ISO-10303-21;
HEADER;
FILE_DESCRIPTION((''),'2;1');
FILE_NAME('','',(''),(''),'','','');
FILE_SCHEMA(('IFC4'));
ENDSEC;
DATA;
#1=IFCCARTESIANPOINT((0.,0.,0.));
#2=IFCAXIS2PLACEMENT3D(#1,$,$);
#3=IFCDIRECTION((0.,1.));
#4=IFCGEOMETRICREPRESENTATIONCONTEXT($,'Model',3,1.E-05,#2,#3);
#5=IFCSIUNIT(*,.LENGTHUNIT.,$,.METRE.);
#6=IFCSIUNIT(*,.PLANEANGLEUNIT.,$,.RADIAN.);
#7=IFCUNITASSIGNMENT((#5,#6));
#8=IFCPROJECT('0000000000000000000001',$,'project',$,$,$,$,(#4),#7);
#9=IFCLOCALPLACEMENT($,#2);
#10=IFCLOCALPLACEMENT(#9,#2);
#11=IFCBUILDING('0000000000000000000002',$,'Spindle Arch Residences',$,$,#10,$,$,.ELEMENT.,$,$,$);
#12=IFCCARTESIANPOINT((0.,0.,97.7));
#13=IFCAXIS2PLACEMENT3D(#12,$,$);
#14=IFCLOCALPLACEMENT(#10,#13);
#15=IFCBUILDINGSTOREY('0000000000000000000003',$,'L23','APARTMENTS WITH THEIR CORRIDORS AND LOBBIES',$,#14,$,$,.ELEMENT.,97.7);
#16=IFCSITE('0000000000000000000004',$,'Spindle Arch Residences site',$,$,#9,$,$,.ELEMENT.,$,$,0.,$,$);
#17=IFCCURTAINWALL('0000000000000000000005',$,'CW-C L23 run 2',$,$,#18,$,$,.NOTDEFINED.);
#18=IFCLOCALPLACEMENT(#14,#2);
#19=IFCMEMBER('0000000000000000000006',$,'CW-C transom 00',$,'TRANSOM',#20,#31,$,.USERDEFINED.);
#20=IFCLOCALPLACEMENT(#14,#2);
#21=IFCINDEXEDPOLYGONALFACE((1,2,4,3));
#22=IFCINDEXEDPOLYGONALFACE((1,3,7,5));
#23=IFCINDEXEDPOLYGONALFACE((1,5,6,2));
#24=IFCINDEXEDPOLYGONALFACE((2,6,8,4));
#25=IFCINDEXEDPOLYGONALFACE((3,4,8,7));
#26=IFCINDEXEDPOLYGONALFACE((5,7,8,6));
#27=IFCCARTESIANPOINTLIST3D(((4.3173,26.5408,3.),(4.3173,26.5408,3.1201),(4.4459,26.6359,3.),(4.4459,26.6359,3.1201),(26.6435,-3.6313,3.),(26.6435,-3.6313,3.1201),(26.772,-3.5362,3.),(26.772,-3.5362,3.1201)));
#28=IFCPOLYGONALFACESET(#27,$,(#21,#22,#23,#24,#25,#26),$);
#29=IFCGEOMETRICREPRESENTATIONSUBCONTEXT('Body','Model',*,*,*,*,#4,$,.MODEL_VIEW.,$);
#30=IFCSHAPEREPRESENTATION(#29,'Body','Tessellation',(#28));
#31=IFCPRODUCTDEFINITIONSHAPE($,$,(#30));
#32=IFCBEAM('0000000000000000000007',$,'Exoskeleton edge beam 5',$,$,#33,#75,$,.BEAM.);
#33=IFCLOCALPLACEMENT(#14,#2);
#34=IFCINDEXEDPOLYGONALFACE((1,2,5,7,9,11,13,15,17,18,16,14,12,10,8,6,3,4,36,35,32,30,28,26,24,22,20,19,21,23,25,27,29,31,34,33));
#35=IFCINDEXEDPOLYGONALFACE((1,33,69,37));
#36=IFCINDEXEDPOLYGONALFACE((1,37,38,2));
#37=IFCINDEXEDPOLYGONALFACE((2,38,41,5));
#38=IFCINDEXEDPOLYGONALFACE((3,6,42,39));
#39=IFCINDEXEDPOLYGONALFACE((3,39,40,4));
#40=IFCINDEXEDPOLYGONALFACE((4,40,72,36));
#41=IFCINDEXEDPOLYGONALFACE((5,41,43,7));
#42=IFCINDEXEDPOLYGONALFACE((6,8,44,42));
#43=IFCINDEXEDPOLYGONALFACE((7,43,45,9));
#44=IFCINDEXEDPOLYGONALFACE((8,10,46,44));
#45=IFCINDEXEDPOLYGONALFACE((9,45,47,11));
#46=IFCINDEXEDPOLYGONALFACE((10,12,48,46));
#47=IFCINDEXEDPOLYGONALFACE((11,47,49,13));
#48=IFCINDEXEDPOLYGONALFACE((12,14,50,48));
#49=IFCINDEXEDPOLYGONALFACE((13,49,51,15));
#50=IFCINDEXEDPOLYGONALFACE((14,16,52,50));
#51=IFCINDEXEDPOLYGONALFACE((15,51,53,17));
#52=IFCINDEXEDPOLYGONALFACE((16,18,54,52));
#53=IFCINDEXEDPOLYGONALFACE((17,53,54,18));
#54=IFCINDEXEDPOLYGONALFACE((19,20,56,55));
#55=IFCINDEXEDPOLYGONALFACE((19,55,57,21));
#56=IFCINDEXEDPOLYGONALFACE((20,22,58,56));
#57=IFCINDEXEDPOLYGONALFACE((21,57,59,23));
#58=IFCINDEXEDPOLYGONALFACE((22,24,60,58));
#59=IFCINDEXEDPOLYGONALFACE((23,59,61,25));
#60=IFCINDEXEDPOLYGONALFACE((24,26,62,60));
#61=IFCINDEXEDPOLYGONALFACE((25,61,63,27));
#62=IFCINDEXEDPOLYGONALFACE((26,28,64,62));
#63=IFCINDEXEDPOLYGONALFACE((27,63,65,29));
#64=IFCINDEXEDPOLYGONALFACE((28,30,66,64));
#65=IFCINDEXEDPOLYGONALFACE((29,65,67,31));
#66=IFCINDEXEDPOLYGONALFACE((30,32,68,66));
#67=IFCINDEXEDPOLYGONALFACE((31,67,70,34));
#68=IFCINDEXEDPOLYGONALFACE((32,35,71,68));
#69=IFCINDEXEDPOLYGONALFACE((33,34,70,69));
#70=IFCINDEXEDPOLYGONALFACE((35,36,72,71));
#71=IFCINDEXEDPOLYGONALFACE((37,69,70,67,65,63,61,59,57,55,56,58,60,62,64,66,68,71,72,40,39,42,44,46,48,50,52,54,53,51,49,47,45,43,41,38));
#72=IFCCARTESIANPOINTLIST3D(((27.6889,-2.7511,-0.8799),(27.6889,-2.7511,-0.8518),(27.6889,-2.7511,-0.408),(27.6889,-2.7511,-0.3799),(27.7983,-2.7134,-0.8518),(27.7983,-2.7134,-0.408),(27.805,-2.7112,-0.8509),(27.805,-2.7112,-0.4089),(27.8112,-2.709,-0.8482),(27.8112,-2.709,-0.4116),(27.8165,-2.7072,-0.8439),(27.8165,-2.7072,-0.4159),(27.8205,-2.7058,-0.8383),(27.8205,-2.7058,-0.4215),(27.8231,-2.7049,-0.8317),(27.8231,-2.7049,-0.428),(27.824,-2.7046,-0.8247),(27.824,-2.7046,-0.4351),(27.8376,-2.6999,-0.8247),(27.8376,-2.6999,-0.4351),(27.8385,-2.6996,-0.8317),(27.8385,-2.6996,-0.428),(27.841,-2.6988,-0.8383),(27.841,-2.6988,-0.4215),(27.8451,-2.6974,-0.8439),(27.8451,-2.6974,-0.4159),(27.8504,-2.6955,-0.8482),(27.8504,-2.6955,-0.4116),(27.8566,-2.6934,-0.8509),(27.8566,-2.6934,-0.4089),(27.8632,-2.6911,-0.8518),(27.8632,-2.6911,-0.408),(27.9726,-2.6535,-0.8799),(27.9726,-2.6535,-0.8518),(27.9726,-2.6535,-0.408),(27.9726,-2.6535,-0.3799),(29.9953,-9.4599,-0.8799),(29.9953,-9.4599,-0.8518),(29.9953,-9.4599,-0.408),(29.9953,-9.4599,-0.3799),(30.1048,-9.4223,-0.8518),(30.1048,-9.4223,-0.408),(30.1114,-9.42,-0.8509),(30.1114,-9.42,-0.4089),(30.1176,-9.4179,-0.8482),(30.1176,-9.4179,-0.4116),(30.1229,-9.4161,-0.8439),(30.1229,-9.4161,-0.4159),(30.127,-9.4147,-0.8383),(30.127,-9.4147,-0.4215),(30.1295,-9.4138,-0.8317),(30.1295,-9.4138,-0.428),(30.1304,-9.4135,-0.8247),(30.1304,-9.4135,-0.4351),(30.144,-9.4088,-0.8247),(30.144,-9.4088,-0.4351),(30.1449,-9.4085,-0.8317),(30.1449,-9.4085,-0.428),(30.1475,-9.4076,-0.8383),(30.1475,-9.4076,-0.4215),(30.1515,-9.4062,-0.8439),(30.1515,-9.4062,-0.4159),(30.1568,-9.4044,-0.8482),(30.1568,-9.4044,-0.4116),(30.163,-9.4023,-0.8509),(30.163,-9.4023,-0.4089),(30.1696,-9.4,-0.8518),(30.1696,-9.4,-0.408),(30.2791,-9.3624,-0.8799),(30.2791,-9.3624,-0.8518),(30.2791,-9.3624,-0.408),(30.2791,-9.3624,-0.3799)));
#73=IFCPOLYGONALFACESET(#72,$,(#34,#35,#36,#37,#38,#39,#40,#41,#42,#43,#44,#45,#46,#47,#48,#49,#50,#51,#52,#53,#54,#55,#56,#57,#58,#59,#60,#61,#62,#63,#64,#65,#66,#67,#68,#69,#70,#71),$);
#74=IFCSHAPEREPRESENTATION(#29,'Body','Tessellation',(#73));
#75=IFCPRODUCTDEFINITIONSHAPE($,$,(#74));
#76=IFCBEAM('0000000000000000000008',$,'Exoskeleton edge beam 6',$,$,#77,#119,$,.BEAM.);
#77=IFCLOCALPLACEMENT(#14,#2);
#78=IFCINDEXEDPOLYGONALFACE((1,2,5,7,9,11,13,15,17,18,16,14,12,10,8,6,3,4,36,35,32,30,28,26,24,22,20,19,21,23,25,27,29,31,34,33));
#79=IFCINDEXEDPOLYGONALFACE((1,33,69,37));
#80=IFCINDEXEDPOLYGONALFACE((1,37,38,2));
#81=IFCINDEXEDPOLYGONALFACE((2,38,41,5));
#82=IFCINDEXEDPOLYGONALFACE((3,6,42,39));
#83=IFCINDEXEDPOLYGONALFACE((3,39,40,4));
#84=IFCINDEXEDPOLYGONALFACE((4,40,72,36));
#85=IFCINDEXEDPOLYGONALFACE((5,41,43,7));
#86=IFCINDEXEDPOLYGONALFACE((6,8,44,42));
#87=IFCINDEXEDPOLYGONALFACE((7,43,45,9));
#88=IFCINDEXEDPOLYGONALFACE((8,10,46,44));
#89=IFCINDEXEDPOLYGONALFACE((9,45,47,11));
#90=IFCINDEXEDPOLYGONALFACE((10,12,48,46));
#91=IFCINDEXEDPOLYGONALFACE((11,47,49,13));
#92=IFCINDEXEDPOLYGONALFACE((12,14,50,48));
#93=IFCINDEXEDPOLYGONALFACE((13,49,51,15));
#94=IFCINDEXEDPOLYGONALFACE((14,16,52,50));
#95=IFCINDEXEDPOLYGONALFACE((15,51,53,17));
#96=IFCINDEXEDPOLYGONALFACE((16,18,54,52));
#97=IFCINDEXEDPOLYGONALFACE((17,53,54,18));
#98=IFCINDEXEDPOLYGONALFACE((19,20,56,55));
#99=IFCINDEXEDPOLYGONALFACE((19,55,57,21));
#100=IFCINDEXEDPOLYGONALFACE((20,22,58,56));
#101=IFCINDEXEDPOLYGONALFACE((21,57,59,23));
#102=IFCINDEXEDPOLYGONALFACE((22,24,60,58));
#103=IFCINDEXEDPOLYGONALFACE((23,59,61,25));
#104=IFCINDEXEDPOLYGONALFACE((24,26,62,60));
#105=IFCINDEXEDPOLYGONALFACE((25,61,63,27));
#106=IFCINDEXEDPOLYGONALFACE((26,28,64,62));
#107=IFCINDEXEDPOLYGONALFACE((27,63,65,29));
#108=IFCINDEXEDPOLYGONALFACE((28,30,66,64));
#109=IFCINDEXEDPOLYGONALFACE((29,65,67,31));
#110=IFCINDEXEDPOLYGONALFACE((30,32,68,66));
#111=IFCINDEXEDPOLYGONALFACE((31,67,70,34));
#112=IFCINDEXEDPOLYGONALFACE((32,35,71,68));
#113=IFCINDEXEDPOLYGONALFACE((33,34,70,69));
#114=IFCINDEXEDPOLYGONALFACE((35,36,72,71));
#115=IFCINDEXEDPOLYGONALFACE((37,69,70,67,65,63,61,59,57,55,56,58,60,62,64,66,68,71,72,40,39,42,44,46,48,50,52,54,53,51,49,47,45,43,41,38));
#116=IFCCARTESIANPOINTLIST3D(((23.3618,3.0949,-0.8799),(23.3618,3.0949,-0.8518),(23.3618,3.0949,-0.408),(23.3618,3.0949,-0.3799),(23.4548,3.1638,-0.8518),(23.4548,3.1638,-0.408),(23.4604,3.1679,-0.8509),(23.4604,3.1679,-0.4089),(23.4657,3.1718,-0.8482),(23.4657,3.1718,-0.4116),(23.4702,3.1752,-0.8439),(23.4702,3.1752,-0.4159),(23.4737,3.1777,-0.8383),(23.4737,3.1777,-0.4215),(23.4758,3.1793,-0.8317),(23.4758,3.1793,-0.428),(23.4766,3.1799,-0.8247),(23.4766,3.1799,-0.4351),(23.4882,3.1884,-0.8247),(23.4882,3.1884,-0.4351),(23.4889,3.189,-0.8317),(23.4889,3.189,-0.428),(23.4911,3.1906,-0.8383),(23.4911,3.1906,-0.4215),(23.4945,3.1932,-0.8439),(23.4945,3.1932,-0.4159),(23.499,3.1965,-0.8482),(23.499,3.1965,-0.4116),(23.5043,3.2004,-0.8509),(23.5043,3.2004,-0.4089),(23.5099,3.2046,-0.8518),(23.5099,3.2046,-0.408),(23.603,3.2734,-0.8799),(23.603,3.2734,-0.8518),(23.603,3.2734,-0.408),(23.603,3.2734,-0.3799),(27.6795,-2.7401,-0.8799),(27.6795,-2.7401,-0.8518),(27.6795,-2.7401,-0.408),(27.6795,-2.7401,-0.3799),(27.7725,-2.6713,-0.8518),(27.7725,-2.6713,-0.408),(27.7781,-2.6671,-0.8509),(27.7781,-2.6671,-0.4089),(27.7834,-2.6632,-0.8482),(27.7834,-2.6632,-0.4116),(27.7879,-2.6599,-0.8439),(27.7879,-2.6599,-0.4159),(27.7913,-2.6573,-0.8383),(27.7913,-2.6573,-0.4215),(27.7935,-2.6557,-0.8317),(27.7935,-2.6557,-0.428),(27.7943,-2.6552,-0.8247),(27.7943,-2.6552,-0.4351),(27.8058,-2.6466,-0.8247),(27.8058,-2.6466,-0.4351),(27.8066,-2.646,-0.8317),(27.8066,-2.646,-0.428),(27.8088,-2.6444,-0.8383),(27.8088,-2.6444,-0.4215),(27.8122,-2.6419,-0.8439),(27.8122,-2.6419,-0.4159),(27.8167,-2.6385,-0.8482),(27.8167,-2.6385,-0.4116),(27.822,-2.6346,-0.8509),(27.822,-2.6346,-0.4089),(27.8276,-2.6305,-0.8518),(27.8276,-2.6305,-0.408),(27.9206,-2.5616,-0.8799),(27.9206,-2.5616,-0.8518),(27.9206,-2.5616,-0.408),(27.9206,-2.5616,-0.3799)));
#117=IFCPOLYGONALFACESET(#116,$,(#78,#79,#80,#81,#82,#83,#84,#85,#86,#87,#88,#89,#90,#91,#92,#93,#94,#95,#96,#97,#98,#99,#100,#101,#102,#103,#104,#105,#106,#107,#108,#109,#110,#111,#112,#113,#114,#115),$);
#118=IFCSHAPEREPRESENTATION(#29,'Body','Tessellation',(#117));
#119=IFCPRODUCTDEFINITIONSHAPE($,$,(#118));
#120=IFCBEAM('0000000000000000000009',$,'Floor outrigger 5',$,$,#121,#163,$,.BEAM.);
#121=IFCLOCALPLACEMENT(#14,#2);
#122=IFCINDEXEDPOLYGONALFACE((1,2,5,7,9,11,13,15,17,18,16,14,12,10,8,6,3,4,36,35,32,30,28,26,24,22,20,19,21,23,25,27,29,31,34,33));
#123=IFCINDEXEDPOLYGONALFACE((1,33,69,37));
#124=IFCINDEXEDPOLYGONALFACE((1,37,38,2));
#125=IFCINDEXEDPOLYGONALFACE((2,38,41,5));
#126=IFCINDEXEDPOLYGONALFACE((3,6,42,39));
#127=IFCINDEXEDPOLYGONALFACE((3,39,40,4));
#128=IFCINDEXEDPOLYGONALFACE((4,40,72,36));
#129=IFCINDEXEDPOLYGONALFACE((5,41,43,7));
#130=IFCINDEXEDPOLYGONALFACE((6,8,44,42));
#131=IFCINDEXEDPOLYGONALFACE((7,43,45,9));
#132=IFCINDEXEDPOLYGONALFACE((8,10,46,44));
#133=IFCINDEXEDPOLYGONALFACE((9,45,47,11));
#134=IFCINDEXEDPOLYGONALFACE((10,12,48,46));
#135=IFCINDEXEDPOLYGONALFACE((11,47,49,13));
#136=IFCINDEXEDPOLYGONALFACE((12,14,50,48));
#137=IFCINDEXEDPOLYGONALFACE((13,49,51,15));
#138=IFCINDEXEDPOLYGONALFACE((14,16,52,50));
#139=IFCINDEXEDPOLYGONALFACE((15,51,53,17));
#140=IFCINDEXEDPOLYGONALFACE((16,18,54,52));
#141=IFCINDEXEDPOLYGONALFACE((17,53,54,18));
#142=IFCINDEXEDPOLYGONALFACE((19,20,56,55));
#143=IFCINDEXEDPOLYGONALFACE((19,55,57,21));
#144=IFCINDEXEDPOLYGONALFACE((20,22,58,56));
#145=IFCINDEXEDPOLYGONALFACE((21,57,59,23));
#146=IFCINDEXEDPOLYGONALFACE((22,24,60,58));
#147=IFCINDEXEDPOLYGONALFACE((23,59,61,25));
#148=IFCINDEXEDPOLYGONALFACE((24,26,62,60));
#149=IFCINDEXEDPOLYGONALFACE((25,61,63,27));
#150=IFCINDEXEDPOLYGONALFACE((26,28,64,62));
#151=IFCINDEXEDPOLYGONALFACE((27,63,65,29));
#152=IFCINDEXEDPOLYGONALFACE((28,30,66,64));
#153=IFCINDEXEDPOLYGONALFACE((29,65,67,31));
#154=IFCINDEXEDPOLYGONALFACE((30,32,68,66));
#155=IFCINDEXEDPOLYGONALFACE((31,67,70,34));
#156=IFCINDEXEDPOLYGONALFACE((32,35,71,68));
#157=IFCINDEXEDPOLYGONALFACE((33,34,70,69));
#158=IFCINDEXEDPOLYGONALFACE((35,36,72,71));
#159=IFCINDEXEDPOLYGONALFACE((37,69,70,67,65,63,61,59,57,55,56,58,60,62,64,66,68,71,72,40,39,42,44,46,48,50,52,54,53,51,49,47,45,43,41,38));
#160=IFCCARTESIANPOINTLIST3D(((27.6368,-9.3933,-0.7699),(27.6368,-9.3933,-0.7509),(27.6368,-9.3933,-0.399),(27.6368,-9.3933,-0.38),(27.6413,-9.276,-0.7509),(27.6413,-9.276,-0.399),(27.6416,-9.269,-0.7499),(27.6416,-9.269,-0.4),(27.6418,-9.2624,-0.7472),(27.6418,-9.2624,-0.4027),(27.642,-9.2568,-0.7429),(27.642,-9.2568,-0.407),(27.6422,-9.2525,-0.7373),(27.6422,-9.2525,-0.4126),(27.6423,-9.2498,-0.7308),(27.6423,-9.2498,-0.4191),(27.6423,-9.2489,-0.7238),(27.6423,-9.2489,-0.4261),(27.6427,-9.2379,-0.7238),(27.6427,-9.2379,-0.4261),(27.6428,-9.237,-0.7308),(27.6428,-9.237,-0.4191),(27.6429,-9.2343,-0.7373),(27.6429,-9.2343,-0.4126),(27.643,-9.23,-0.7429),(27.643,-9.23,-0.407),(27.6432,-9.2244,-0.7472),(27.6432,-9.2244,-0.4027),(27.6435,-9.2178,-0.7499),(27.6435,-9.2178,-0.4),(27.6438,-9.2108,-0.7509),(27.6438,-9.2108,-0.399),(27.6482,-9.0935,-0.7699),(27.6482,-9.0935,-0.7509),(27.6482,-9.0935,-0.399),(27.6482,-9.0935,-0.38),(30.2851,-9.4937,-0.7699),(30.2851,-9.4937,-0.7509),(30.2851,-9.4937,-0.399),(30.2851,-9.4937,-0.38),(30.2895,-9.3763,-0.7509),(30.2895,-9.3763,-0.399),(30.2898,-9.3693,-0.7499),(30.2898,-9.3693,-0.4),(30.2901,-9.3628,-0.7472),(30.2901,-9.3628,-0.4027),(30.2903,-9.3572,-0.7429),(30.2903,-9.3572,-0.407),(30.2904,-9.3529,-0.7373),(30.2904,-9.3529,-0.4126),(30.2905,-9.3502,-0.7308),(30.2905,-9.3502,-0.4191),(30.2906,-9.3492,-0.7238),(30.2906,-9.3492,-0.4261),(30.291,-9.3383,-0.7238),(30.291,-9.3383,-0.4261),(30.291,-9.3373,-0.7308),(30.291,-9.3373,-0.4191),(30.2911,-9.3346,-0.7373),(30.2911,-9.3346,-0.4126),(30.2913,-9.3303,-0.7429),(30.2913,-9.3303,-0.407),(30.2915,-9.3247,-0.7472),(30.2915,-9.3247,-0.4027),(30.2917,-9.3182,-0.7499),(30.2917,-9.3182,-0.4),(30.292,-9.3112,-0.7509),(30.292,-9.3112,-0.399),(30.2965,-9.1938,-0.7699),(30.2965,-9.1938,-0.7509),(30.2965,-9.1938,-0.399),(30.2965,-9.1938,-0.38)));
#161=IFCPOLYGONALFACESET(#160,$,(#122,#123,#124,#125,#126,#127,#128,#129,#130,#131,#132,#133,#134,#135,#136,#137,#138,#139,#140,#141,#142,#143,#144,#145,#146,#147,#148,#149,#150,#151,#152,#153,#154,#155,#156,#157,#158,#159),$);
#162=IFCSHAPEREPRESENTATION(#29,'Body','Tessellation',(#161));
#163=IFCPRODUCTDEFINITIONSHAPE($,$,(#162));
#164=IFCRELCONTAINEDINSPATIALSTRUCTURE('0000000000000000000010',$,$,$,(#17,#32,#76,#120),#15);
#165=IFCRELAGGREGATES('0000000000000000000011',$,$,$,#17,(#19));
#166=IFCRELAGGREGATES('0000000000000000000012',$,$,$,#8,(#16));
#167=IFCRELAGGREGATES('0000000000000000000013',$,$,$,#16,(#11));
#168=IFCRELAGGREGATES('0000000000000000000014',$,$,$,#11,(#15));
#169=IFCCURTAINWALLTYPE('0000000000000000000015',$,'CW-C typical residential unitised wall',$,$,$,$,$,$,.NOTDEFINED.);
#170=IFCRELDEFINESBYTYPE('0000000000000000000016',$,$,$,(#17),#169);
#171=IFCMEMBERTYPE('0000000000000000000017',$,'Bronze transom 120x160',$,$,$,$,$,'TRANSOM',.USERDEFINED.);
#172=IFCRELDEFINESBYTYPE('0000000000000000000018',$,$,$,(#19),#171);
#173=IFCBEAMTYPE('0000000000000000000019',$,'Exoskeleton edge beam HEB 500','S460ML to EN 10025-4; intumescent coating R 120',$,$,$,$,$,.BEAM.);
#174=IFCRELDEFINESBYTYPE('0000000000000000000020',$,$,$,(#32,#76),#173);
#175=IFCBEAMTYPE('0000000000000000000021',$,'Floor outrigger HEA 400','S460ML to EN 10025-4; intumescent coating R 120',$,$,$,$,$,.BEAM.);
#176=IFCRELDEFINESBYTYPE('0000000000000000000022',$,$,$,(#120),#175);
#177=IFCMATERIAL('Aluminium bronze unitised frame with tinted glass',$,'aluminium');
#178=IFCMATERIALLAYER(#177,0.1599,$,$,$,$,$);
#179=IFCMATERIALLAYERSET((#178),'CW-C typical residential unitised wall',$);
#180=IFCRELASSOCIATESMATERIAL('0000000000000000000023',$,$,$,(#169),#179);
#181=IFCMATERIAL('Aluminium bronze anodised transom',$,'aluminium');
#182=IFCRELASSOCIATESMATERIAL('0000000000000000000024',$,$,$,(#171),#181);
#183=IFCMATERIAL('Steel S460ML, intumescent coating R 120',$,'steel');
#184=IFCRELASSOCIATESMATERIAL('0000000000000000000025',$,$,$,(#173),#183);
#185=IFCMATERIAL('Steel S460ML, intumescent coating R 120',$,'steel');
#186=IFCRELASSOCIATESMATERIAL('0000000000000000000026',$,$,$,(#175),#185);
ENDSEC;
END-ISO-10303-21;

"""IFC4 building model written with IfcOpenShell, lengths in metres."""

from ifc_helpers import new_model, si_unit, direction, frame, origin, origin_2d, place, context, subcontext, project, spatial, rectangle, i_section, extrude, material, layer, layer_set, material_profile, profile_set, type_object, element, aggregate, save


model = new_model("IFC4")

# Units and contexts
model_context = context("Model", 3, precision=1e-05, world=origin(), true_north=direction((0.0, 1.0)))
body_context = subcontext(model_context, "Body", "Model", "MODEL_VIEW")
ifc_project = project(units=[si_unit("LENGTHUNIT", "METRE"), si_unit("PLANEANGLEUNIT", "RADIAN")], contexts=[model_context])

# Site, building, storey
site_placement = place(None, origin())
site = spatial("IfcSite", under=ifc_project, at=site_placement, Name="Spindle Arch Residences site", CompositionType="ELEMENT", RefElevation=0.0)
building_placement = place(site_placement, origin())
building = spatial("IfcBuilding", under=site, at=building_placement, Name="Spindle Arch Residences", CompositionType="ELEMENT")
storey_placement = place(building_placement, frame((0.0, 0.0, 97.7)))
storey = spatial("IfcBuildingStorey", under=building, at=storey_placement, Name="L23", Description="APARTMENTS WITH THEIR CORRIDORS AND LOBBIES", CompositionType="ELEMENT", Elevation=97.7)

# Curtain wall
ifc_material_1 = material(Name="Aluminium bronze unitised frame with tinted glass", Category="aluminium")
ifc_layer_1 = layer(ifc_material_1, 0.1599)
ifc_layer_set_1 = layer_set([ifc_layer_1], Name="CW-C typical residential unitised wall")
curtain_wall_type_1 = type_object("IfcCurtainWallType", Name="CW-C typical residential unitised wall", PredefinedType="NOTDEFINED", material=ifc_layer_set_1)
curtain_wall_1_placement = place(storey_placement, origin())
curtain_wall_1 = element("IfcCurtainWall", 1, at=curtain_wall_1_placement, inside=storey, type_object=curtain_wall_type_1, Name="CW-C L23 run 2", PredefinedType="NOTDEFINED")

# Member
ifc_material_2 = material(Name="Aluminium bronze anodised transom", Category="aluminium")
ifc_material_profile_1 = material_profile(ifc_material_2, rectangle(XDim=0.1599, YDim=0.1201, at=origin_2d()), Name="TR 120x160")
ifc_profile_set_1 = profile_set([ifc_material_profile_1], Name="Aluminium bronze anodised transom")
member_type_1 = type_object("IfcMemberType", Name="Bronze transom 120x160", ElementType="TRANSOM", PredefinedType="USERDEFINED", material=ifc_profile_set_1)
member_1_placement = place(storey_placement, frame((26.7078, -3.5837, 3.0601), z_axis=(-0.594822, 0.803857, 0.0), x_axis=(-0.803857, -0.594822, 0.0)))
member_1 = element("IfcMember", 2, at=member_1_placement, type_object=member_type_1, Name="CW-C transom 00", ObjectType="TRANSOM", PredefinedType="USERDEFINED", context=body_context, shape_type="SweptSolid", body=[
    extrude(rectangle(XDim=0.1599, YDim=0.1201, at=origin_2d()), origin(), (0.0, 0.0, 1.0), 37.5342),
])

# Beams
ifc_material_3 = material(Name="Steel S460ML, intumescent coating R 120", Category="steel")
ifc_material_profile_2 = material_profile(ifc_material_3, i_section(OverallWidth=0.3, OverallDepth=0.5, WebThickness=0.0144, FlangeThickness=0.0281, FilletRadius=0.0271, at=origin_2d()), Name="HEB 500")
ifc_profile_set_2 = profile_set([ifc_material_profile_2], Name="Steel S460ML, intumescent coating R 120")
beam_type_1 = type_object("IfcBeamType", Name="Exoskeleton edge beam HEB 500", Description="S460ML to EN 10025-4; intumescent coating R 120", PredefinedType="BEAM", material=ifc_profile_set_2)
beam_1_placement = place(storey_placement, frame((30.1372, -9.4111, -0.6299), z_axis=(-0.325113, 0.945675, 0.0), x_axis=(-0.945675, -0.325113, 0.0)))
element("IfcBeam", 3, at=beam_1_placement, inside=storey, type_object=beam_type_1, Name="Exoskeleton edge beam 5", PredefinedType="BEAM", context=body_context, shape_type="SweptSolid", body=[
    extrude(i_section(OverallWidth=0.3, OverallDepth=0.5, WebThickness=0.0144, FlangeThickness=0.0281, FilletRadius=0.0271, at=origin_2d()), origin(), (0.0, 0.0, 1.0), 7.0942),
])
beam_2_placement = place(storey_placement, frame((27.8, -2.6509, -0.6299), z_axis=(-0.594821, 0.803858, 0.0), x_axis=(-0.803858, -0.594821, 0.0)))
element("IfcBeam", 4, at=beam_2_placement, inside=storey, type_object=beam_type_1, Name="Exoskeleton edge beam 6", PredefinedType="BEAM", context=body_context, shape_type="SweptSolid", body=[
    extrude(i_section(OverallWidth=0.3, OverallDepth=0.5, WebThickness=0.0144, FlangeThickness=0.0281, FilletRadius=0.0271, at=origin_2d()), origin(), (0.0, 0.0, 1.0), 7.2588),
])
ifc_material_4 = material(Name="Steel S460ML, intumescent coating R 120", Category="steel")
ifc_material_profile_3 = material_profile(ifc_material_4, i_section(OverallWidth=0.3, OverallDepth=0.3899, WebThickness=0.011, FlangeThickness=0.019, FilletRadius=0.0271, at=origin_2d()), Name="HEA 400")
ifc_profile_set_3 = profile_set([ifc_material_profile_3], Name="Steel S460ML, intumescent coating R 120")
beam_type_2 = type_object("IfcBeamType", Name="Floor outrigger HEA 400", Description="S460ML to EN 10025-4; intumescent coating R 120", PredefinedType="BEAM", material=ifc_profile_set_3)
beam_3_placement = place(storey_placement, frame((30.2908, -9.3438, -0.575), z_axis=(-0.999283, 0.037863, 0.0), x_axis=(-0.037863, -0.999283, 0.0)))
element("IfcBeam", 5, at=beam_3_placement, inside=storey, type_object=beam_type_2, Name="Floor outrigger 5", PredefinedType="BEAM", context=body_context, shape_type="SweptSolid", body=[
    extrude(i_section(OverallWidth=0.3, OverallDepth=0.3899, WebThickness=0.011, FlangeThickness=0.019, FilletRadius=0.0271, at=origin_2d()), origin(), (0.0, 0.0, 1.0), 2.6501),
])

aggregate(curtain_wall_1, [member_1])

save(model, "model.ifc")
